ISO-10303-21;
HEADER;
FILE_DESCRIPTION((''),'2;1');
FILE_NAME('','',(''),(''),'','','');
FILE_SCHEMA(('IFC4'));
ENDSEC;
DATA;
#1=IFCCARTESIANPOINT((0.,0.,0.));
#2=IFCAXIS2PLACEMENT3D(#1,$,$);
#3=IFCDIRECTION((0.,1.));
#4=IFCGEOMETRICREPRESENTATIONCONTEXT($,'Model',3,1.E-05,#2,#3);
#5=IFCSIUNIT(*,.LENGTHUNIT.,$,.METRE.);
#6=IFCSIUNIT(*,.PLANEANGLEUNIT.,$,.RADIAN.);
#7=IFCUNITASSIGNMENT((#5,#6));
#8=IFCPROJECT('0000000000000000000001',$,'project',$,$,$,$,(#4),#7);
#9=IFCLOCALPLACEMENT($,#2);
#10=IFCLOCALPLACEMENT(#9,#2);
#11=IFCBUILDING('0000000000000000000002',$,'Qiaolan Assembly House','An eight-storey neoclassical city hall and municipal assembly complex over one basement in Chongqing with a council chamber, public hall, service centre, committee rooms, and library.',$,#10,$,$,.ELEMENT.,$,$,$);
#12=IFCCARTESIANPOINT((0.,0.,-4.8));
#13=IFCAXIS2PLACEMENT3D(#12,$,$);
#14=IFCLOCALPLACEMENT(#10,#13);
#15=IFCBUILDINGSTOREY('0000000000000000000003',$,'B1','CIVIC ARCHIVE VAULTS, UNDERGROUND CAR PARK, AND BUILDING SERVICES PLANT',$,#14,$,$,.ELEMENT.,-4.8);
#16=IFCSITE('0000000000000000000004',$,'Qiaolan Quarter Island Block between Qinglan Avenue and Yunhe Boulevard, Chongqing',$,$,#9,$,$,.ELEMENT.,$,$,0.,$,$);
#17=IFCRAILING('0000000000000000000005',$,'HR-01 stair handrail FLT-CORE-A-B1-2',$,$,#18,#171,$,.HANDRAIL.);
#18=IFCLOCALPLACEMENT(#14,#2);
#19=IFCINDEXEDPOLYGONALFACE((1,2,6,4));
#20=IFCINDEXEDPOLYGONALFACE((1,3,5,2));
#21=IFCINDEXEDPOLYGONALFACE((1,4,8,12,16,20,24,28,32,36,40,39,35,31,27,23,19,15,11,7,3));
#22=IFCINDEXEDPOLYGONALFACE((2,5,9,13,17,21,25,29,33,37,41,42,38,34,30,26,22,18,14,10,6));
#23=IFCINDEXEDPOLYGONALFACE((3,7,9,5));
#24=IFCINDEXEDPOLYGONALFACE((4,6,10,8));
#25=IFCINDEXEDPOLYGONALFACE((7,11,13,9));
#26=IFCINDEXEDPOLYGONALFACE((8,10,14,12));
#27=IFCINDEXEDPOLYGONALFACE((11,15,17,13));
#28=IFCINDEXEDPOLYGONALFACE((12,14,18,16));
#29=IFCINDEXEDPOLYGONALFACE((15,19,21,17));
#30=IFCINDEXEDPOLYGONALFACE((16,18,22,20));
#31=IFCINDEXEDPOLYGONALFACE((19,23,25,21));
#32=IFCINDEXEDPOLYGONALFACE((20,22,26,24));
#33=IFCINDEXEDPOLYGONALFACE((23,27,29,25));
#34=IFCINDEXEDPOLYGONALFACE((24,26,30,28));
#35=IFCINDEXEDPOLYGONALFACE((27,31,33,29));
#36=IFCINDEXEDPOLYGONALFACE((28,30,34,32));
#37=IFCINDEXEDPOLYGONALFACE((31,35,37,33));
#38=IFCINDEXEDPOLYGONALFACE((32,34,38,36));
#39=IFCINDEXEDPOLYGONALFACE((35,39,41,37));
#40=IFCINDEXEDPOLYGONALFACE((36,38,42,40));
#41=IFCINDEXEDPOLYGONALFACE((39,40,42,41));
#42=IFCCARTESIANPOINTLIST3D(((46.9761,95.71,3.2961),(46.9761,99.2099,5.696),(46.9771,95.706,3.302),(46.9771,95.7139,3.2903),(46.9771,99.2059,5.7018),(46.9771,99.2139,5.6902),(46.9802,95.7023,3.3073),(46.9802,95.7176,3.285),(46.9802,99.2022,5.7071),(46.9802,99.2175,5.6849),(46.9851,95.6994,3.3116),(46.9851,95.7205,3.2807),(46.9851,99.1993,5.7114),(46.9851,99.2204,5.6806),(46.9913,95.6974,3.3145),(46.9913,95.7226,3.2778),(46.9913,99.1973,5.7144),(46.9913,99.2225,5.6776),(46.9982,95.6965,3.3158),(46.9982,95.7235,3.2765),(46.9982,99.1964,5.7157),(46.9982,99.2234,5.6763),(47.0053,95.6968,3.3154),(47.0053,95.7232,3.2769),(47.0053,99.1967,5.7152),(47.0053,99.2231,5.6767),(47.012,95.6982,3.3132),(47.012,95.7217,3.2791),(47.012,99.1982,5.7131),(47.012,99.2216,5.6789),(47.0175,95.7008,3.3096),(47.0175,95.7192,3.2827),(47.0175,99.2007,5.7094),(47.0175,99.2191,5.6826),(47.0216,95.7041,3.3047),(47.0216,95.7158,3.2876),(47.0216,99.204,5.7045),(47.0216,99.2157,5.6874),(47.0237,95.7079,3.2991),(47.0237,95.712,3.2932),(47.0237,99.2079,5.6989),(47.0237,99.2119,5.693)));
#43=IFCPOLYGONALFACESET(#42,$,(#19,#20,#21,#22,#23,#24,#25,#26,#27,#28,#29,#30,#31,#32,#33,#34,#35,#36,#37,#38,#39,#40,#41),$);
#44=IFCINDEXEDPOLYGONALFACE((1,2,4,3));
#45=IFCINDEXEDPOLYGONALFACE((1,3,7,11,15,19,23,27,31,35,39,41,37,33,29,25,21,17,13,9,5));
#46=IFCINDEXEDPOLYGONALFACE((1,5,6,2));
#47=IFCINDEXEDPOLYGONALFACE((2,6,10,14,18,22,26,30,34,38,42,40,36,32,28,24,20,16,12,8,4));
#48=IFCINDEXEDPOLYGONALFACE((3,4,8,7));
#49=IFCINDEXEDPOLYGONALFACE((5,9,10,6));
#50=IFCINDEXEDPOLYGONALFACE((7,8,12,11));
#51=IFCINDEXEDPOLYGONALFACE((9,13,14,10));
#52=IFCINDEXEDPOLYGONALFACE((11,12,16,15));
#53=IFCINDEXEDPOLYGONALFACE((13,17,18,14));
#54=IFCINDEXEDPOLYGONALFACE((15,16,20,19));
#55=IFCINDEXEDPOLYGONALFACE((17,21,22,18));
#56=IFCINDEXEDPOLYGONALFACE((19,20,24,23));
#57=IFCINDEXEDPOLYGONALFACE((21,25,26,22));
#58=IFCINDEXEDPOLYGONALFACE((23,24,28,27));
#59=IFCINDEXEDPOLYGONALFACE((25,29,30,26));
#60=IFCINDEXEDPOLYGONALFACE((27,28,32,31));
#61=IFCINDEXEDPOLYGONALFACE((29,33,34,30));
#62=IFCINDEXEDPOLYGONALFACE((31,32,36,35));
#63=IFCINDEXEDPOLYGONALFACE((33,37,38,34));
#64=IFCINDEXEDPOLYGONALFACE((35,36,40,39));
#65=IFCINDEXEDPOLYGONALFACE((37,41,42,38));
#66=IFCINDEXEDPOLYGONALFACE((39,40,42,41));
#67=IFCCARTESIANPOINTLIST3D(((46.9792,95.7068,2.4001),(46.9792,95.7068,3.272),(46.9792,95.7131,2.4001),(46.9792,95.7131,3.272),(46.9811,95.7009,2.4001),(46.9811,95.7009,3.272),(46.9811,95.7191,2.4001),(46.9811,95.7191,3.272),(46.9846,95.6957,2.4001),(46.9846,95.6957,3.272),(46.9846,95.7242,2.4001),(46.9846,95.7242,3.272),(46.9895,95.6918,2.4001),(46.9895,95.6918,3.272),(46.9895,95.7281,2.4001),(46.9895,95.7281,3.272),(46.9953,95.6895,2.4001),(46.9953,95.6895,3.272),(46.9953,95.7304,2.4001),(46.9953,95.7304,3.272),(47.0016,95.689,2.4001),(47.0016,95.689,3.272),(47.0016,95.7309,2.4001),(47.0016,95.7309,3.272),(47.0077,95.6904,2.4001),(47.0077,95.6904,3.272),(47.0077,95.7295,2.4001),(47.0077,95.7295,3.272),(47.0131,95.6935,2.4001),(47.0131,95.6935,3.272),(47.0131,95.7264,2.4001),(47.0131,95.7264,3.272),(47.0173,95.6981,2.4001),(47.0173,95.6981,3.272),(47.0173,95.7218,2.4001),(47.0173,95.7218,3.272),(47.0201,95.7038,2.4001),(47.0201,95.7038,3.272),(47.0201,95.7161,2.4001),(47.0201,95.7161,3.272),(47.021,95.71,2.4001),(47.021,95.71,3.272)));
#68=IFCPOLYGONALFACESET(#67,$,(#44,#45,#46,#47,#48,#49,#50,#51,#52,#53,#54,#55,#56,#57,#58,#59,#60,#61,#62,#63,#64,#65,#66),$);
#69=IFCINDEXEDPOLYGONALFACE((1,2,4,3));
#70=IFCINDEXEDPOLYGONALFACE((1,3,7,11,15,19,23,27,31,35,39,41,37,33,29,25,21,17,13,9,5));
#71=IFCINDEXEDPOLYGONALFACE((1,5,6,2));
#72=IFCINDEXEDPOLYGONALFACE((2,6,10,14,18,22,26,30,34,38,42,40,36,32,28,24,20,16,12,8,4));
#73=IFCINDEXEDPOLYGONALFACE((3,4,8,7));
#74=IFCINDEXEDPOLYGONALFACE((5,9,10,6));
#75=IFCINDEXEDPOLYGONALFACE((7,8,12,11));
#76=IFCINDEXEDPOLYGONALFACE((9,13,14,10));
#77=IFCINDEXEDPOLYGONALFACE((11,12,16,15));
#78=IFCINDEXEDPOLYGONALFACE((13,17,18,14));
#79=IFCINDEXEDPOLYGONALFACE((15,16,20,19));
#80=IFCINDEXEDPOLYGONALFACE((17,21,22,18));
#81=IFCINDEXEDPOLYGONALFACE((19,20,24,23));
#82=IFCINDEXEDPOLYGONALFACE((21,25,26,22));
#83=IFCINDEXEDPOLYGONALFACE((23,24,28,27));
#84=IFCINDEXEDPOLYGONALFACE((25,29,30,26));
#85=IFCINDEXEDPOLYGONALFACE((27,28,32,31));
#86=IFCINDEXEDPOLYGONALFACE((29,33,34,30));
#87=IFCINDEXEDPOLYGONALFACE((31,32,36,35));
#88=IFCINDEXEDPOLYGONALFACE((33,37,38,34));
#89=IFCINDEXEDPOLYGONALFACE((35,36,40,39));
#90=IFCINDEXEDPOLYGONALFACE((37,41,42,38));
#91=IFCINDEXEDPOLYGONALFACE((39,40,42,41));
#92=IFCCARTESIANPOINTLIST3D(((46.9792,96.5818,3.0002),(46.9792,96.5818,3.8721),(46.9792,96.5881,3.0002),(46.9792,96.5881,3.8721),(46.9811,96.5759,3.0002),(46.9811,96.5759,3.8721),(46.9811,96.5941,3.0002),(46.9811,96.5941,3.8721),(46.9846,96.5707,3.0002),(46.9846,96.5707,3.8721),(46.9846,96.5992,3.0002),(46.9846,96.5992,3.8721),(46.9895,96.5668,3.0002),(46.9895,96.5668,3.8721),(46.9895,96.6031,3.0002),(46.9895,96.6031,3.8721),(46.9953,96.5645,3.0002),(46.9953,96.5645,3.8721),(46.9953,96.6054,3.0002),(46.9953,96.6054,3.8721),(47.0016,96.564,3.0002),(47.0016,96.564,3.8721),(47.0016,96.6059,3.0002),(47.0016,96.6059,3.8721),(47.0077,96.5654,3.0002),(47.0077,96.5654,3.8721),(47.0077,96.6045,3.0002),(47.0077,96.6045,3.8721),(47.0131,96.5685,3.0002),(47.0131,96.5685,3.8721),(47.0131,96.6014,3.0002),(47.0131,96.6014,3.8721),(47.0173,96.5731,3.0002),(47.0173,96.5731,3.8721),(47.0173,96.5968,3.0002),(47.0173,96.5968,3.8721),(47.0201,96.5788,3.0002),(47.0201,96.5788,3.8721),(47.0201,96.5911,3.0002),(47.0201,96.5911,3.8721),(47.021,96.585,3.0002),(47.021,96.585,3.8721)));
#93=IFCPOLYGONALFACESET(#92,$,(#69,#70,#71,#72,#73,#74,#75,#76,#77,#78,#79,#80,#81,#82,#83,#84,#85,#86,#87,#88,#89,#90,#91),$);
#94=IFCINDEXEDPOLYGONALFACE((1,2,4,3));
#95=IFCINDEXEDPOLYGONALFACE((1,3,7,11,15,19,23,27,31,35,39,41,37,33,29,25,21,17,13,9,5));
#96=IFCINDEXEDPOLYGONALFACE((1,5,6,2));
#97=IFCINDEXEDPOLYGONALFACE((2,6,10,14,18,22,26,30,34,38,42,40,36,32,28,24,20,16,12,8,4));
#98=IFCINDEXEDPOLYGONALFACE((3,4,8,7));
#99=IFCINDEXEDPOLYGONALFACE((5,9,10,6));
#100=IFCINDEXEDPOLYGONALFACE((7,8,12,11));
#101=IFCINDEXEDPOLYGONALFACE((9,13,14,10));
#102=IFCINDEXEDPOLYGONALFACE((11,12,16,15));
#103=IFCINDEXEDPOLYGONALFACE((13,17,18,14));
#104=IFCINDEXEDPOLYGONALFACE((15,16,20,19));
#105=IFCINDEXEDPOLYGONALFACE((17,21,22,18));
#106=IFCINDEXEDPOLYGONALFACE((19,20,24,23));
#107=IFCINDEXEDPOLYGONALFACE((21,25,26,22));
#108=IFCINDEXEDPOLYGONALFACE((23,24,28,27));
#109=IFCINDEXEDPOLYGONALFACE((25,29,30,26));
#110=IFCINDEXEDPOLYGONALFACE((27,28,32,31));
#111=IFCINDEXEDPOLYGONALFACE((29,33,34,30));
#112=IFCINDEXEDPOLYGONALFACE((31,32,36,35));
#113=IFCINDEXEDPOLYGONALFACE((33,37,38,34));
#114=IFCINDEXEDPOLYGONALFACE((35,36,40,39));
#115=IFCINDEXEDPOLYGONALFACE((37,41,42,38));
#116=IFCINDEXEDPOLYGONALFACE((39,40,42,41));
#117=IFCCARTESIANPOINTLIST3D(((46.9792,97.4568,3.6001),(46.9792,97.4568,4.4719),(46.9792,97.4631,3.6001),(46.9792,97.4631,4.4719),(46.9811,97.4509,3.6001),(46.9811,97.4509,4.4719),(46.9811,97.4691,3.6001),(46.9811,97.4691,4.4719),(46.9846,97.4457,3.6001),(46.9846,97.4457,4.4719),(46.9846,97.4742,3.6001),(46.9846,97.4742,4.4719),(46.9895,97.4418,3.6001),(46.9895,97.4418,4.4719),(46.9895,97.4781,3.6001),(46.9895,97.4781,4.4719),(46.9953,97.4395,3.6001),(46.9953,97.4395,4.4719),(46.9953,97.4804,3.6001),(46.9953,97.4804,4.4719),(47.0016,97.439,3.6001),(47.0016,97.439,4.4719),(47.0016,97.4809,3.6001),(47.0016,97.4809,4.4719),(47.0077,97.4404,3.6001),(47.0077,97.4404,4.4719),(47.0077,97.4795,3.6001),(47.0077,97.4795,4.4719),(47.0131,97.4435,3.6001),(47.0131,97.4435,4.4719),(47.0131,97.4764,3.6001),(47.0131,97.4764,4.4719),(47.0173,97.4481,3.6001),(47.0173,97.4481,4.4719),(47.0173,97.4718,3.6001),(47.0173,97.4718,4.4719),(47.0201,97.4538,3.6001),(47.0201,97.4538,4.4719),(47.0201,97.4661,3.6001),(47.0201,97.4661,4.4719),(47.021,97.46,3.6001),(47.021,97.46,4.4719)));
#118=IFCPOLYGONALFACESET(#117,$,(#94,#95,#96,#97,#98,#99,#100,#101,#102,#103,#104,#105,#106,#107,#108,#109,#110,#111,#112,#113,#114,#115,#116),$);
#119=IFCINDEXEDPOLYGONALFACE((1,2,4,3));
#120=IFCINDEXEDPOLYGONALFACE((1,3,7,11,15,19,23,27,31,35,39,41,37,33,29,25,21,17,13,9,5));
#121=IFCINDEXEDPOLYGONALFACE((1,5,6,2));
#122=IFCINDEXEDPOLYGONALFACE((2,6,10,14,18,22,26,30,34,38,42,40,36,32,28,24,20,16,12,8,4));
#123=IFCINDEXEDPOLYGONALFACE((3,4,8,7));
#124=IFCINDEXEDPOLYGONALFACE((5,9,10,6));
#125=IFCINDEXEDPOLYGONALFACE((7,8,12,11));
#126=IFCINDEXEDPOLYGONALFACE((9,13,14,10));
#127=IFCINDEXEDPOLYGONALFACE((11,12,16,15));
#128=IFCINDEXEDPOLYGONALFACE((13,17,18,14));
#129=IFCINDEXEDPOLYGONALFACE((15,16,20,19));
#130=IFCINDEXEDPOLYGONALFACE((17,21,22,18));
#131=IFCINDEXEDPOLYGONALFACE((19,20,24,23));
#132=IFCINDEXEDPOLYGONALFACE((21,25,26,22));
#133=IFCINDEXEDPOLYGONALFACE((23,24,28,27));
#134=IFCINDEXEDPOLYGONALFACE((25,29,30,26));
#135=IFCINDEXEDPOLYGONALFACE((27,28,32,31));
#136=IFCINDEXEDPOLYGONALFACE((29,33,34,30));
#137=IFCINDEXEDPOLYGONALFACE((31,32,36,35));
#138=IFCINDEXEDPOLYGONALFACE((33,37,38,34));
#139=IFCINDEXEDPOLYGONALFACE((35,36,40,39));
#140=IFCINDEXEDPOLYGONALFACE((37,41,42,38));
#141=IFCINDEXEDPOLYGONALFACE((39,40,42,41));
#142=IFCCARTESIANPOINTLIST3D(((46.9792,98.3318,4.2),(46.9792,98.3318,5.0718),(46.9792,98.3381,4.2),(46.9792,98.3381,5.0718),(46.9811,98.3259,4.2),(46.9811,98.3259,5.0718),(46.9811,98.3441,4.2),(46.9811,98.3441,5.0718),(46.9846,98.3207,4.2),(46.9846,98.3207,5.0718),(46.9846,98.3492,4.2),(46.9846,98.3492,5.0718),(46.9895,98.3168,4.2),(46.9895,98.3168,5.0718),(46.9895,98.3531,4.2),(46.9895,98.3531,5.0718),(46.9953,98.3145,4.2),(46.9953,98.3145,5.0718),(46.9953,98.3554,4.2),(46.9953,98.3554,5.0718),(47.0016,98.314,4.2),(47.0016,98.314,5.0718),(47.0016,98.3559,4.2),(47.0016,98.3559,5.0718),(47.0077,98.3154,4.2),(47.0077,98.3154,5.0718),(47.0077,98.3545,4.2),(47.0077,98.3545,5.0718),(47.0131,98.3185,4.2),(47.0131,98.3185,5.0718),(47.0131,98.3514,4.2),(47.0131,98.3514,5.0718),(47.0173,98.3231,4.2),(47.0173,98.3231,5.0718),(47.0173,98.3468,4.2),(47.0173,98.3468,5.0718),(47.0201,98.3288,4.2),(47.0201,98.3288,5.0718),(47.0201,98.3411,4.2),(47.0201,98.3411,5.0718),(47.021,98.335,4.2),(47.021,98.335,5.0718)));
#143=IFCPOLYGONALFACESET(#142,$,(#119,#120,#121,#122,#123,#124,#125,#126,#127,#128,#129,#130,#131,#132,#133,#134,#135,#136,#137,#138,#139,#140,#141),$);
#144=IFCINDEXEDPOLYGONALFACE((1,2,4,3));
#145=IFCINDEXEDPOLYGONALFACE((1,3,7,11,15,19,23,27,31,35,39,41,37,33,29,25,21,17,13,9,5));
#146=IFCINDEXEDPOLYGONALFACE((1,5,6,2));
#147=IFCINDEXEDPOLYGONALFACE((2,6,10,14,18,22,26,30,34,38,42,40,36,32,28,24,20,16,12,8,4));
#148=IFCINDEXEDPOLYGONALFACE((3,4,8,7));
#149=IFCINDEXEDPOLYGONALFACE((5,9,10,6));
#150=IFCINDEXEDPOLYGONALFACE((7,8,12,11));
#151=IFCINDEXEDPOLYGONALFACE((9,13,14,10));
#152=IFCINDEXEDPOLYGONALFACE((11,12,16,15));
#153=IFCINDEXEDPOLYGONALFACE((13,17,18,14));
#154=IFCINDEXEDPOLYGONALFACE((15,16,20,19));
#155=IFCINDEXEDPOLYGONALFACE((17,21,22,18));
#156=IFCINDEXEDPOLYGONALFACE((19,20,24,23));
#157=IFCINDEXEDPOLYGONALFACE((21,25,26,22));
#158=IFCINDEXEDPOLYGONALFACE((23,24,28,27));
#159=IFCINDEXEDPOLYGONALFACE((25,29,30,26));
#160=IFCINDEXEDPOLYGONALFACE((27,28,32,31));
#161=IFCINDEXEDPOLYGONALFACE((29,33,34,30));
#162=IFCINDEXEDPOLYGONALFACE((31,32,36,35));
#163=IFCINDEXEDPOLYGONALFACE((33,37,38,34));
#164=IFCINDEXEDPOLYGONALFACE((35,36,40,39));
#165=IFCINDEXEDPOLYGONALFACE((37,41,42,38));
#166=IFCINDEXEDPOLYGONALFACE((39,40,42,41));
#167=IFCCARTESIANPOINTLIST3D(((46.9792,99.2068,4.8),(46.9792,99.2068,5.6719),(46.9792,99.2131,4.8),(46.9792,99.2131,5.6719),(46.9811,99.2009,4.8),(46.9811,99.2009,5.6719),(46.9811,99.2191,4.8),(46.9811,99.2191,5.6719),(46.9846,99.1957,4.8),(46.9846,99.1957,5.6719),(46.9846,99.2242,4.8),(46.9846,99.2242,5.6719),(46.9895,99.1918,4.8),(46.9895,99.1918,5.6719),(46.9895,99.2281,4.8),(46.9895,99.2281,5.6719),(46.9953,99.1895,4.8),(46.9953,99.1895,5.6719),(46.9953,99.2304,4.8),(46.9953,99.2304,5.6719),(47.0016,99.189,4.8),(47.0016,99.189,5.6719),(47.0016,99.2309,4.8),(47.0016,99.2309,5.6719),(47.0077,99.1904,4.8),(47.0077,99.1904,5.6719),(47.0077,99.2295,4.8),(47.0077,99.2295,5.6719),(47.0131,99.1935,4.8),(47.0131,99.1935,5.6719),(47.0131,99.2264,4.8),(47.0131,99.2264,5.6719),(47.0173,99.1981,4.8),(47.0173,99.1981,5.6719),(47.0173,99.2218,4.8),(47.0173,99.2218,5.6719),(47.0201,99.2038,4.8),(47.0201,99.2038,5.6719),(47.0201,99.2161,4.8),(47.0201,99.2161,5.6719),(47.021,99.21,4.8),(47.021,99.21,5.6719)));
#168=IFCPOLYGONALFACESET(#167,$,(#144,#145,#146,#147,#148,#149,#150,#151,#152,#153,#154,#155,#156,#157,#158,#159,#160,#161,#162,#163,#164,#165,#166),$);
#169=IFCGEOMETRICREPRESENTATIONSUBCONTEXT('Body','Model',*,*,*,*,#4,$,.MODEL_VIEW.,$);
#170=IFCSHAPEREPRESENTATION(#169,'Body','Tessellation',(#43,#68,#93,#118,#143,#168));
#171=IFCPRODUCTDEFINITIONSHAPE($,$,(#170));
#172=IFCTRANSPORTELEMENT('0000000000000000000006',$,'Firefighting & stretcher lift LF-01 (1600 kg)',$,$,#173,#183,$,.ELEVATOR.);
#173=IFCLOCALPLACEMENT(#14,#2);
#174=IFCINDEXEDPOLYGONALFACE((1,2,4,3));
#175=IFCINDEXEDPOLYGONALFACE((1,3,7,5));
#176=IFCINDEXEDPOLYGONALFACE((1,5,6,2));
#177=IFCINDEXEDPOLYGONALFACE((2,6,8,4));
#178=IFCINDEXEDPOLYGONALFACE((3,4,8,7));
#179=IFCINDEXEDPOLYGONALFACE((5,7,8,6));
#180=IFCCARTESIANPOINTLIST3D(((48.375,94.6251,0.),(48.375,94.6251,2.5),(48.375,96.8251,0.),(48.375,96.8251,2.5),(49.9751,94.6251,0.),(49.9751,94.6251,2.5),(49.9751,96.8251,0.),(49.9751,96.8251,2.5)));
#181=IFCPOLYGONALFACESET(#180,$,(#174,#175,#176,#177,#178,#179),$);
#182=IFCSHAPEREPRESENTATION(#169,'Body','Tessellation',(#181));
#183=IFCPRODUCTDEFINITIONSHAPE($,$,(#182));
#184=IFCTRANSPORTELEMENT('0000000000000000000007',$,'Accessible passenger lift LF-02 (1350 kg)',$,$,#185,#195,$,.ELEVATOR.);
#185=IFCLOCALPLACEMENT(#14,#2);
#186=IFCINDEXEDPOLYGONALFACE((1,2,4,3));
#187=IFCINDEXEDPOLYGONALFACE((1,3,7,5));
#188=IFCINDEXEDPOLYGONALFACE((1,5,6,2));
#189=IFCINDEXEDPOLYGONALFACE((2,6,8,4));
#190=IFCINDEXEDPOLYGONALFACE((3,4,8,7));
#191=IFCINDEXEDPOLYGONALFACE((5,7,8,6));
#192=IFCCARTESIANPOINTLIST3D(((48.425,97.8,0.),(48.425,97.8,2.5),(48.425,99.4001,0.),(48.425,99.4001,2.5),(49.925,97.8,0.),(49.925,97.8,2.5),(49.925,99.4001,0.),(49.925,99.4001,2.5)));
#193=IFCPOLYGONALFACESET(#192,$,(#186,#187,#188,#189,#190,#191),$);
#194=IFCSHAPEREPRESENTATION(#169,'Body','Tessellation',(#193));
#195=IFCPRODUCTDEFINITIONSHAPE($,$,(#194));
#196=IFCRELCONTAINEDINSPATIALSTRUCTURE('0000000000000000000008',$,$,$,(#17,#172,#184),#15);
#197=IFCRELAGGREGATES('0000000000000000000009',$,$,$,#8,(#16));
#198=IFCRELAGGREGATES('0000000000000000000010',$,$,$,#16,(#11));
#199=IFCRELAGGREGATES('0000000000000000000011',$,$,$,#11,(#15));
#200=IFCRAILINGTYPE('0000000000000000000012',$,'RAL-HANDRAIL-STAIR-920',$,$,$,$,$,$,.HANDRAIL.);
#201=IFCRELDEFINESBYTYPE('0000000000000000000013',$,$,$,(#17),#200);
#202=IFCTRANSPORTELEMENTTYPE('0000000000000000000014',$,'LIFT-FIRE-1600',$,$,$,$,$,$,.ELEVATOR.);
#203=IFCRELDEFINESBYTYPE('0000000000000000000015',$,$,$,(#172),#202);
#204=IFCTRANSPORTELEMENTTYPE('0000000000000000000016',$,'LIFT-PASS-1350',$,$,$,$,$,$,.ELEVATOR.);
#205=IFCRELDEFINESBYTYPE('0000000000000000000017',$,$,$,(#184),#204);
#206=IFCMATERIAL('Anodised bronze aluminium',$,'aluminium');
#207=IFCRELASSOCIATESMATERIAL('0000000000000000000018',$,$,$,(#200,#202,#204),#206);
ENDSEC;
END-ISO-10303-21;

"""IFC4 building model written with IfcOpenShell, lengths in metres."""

from ifc_helpers import new_model, si_unit, direction, frame, origin, origin_2d, place, context, subcontext, project, spatial, rectangle, circle, extrude, material, type_object, element, save


model = new_model("IFC4")

# Units and contexts
model_context = context("Model", 3, precision=1e-05, world=origin(), true_north=direction((0.0, 1.0)))
body_context = subcontext(model_context, "Body", "Model", "MODEL_VIEW")
ifc_project = project(units=[si_unit("LENGTHUNIT", "METRE"), si_unit("PLANEANGLEUNIT", "RADIAN")], contexts=[model_context])

# Site, building, storey
site_placement = place(None, origin())
site = spatial("IfcSite", under=ifc_project, at=site_placement, Name="Qiaolan Quarter Island Block between Qinglan Avenue and Yunhe Boulevard, Chongqing", CompositionType="ELEMENT", RefElevation=0.0)
building_placement = place(site_placement, origin())
building = spatial("IfcBuilding", under=site, at=building_placement, Name="Qiaolan Assembly House", Description="An eight-storey neoclassical city hall and municipal assembly complex over one basement in Chongqing with a council chamber, public hall, service centre, committee rooms, and library.", CompositionType="ELEMENT")
storey_placement = place(building_placement, frame((0.0, 0.0, -4.8)))
storey = spatial("IfcBuildingStorey", under=building, at=storey_placement, Name="B1", Description="CIVIC ARCHIVE VAULTS, UNDERGROUND CAR PARK, AND BUILDING SERVICES PLANT", CompositionType="ELEMENT", Elevation=-4.8)

# Railing
ifc_material_1 = material(Name="Anodised bronze aluminium", Category="aluminium")
railing_type_1 = type_object("IfcRailingType", Name="RAL-HANDRAIL-STAIR-920", PredefinedType="HANDRAIL", material=ifc_material_1)
railing_1_placement = place(storey_placement, frame((47.0, 95.71, 2.4001)))
element("IfcRailing", 1, at=railing_1_placement, inside=storey, type_object=railing_type_1, Name="HR-01 stair handrail FLT-CORE-A-B1-2", PredefinedType="HANDRAIL", context=body_context, shape_type="SweptSolid", body=[
    extrude(circle(Radius=0.0239, at=origin_2d()), frame((0.0, 0.0, 0.896), z_axis=(0.0, 0.82474, 0.565513), x_axis=(-1.0, 0.0, 0.0)), (0.0, 0.0, 1.0), 4.2437),
    extrude(circle(Radius=0.021, at=origin_2d()), origin(), (0.0, 0.0, 1.0), 0.8718),
    extrude(circle(Radius=0.021, at=origin_2d()), frame((0.0, 0.875, 0.6001)), (0.0, 0.0, 1.0), 0.8718),
    extrude(circle(Radius=0.021, at=origin_2d()), frame((0.0, 1.75, 1.2)), (0.0, 0.0, 1.0), 0.8718),
    extrude(circle(Radius=0.021, at=origin_2d()), frame((0.0, 2.625, 1.7998)), (0.0, 0.0, 1.0), 0.8718),
    extrude(circle(Radius=0.021, at=origin_2d()), frame((0.0, 3.5, 2.3999)), (0.0, 0.0, 1.0), 0.8718),
])

# Transport elements
transport_element_type_1 = type_object("IfcTransportElementType", Name="LIFT-FIRE-1600", PredefinedType="ELEVATOR", material=ifc_material_1)
transport_element_1_placement = place(storey_placement, frame((49.175, 95.7251, 0.0), z_axis=(0.0, 0.0, 1.0), x_axis=(1.0, 0.0, 0.0)))
element("IfcTransportElement", 2, at=transport_element_1_placement, inside=storey, type_object=transport_element_type_1, Name="Firefighting & stretcher lift LF-01 (1600 kg)", PredefinedType="ELEVATOR", context=body_context, shape_type="SweptSolid", body=[
    extrude(rectangle(XDim=1.6001, YDim=2.2, at=origin_2d()), origin(), (0.0, 0.0, 1.0), 2.5),
])
transport_element_type_2 = type_object("IfcTransportElementType", Name="LIFT-PASS-1350", PredefinedType="ELEVATOR", material=ifc_material_1)
transport_element_2_placement = place(storey_placement, frame((49.175, 98.6001, 0.0), z_axis=(0.0, 0.0, 1.0), x_axis=(1.0, 0.0, 0.0)))
element("IfcTransportElement", 3, at=transport_element_2_placement, inside=storey, type_object=transport_element_type_2, Name="Accessible passenger lift LF-02 (1350 kg)", PredefinedType="ELEVATOR", context=body_context, shape_type="SweptSolid", body=[
    extrude(rectangle(XDim=1.5, YDim=1.6001, at=origin_2d()), origin(), (0.0, 0.0, 1.0), 2.5),
])

save(model, "model.ifc")
